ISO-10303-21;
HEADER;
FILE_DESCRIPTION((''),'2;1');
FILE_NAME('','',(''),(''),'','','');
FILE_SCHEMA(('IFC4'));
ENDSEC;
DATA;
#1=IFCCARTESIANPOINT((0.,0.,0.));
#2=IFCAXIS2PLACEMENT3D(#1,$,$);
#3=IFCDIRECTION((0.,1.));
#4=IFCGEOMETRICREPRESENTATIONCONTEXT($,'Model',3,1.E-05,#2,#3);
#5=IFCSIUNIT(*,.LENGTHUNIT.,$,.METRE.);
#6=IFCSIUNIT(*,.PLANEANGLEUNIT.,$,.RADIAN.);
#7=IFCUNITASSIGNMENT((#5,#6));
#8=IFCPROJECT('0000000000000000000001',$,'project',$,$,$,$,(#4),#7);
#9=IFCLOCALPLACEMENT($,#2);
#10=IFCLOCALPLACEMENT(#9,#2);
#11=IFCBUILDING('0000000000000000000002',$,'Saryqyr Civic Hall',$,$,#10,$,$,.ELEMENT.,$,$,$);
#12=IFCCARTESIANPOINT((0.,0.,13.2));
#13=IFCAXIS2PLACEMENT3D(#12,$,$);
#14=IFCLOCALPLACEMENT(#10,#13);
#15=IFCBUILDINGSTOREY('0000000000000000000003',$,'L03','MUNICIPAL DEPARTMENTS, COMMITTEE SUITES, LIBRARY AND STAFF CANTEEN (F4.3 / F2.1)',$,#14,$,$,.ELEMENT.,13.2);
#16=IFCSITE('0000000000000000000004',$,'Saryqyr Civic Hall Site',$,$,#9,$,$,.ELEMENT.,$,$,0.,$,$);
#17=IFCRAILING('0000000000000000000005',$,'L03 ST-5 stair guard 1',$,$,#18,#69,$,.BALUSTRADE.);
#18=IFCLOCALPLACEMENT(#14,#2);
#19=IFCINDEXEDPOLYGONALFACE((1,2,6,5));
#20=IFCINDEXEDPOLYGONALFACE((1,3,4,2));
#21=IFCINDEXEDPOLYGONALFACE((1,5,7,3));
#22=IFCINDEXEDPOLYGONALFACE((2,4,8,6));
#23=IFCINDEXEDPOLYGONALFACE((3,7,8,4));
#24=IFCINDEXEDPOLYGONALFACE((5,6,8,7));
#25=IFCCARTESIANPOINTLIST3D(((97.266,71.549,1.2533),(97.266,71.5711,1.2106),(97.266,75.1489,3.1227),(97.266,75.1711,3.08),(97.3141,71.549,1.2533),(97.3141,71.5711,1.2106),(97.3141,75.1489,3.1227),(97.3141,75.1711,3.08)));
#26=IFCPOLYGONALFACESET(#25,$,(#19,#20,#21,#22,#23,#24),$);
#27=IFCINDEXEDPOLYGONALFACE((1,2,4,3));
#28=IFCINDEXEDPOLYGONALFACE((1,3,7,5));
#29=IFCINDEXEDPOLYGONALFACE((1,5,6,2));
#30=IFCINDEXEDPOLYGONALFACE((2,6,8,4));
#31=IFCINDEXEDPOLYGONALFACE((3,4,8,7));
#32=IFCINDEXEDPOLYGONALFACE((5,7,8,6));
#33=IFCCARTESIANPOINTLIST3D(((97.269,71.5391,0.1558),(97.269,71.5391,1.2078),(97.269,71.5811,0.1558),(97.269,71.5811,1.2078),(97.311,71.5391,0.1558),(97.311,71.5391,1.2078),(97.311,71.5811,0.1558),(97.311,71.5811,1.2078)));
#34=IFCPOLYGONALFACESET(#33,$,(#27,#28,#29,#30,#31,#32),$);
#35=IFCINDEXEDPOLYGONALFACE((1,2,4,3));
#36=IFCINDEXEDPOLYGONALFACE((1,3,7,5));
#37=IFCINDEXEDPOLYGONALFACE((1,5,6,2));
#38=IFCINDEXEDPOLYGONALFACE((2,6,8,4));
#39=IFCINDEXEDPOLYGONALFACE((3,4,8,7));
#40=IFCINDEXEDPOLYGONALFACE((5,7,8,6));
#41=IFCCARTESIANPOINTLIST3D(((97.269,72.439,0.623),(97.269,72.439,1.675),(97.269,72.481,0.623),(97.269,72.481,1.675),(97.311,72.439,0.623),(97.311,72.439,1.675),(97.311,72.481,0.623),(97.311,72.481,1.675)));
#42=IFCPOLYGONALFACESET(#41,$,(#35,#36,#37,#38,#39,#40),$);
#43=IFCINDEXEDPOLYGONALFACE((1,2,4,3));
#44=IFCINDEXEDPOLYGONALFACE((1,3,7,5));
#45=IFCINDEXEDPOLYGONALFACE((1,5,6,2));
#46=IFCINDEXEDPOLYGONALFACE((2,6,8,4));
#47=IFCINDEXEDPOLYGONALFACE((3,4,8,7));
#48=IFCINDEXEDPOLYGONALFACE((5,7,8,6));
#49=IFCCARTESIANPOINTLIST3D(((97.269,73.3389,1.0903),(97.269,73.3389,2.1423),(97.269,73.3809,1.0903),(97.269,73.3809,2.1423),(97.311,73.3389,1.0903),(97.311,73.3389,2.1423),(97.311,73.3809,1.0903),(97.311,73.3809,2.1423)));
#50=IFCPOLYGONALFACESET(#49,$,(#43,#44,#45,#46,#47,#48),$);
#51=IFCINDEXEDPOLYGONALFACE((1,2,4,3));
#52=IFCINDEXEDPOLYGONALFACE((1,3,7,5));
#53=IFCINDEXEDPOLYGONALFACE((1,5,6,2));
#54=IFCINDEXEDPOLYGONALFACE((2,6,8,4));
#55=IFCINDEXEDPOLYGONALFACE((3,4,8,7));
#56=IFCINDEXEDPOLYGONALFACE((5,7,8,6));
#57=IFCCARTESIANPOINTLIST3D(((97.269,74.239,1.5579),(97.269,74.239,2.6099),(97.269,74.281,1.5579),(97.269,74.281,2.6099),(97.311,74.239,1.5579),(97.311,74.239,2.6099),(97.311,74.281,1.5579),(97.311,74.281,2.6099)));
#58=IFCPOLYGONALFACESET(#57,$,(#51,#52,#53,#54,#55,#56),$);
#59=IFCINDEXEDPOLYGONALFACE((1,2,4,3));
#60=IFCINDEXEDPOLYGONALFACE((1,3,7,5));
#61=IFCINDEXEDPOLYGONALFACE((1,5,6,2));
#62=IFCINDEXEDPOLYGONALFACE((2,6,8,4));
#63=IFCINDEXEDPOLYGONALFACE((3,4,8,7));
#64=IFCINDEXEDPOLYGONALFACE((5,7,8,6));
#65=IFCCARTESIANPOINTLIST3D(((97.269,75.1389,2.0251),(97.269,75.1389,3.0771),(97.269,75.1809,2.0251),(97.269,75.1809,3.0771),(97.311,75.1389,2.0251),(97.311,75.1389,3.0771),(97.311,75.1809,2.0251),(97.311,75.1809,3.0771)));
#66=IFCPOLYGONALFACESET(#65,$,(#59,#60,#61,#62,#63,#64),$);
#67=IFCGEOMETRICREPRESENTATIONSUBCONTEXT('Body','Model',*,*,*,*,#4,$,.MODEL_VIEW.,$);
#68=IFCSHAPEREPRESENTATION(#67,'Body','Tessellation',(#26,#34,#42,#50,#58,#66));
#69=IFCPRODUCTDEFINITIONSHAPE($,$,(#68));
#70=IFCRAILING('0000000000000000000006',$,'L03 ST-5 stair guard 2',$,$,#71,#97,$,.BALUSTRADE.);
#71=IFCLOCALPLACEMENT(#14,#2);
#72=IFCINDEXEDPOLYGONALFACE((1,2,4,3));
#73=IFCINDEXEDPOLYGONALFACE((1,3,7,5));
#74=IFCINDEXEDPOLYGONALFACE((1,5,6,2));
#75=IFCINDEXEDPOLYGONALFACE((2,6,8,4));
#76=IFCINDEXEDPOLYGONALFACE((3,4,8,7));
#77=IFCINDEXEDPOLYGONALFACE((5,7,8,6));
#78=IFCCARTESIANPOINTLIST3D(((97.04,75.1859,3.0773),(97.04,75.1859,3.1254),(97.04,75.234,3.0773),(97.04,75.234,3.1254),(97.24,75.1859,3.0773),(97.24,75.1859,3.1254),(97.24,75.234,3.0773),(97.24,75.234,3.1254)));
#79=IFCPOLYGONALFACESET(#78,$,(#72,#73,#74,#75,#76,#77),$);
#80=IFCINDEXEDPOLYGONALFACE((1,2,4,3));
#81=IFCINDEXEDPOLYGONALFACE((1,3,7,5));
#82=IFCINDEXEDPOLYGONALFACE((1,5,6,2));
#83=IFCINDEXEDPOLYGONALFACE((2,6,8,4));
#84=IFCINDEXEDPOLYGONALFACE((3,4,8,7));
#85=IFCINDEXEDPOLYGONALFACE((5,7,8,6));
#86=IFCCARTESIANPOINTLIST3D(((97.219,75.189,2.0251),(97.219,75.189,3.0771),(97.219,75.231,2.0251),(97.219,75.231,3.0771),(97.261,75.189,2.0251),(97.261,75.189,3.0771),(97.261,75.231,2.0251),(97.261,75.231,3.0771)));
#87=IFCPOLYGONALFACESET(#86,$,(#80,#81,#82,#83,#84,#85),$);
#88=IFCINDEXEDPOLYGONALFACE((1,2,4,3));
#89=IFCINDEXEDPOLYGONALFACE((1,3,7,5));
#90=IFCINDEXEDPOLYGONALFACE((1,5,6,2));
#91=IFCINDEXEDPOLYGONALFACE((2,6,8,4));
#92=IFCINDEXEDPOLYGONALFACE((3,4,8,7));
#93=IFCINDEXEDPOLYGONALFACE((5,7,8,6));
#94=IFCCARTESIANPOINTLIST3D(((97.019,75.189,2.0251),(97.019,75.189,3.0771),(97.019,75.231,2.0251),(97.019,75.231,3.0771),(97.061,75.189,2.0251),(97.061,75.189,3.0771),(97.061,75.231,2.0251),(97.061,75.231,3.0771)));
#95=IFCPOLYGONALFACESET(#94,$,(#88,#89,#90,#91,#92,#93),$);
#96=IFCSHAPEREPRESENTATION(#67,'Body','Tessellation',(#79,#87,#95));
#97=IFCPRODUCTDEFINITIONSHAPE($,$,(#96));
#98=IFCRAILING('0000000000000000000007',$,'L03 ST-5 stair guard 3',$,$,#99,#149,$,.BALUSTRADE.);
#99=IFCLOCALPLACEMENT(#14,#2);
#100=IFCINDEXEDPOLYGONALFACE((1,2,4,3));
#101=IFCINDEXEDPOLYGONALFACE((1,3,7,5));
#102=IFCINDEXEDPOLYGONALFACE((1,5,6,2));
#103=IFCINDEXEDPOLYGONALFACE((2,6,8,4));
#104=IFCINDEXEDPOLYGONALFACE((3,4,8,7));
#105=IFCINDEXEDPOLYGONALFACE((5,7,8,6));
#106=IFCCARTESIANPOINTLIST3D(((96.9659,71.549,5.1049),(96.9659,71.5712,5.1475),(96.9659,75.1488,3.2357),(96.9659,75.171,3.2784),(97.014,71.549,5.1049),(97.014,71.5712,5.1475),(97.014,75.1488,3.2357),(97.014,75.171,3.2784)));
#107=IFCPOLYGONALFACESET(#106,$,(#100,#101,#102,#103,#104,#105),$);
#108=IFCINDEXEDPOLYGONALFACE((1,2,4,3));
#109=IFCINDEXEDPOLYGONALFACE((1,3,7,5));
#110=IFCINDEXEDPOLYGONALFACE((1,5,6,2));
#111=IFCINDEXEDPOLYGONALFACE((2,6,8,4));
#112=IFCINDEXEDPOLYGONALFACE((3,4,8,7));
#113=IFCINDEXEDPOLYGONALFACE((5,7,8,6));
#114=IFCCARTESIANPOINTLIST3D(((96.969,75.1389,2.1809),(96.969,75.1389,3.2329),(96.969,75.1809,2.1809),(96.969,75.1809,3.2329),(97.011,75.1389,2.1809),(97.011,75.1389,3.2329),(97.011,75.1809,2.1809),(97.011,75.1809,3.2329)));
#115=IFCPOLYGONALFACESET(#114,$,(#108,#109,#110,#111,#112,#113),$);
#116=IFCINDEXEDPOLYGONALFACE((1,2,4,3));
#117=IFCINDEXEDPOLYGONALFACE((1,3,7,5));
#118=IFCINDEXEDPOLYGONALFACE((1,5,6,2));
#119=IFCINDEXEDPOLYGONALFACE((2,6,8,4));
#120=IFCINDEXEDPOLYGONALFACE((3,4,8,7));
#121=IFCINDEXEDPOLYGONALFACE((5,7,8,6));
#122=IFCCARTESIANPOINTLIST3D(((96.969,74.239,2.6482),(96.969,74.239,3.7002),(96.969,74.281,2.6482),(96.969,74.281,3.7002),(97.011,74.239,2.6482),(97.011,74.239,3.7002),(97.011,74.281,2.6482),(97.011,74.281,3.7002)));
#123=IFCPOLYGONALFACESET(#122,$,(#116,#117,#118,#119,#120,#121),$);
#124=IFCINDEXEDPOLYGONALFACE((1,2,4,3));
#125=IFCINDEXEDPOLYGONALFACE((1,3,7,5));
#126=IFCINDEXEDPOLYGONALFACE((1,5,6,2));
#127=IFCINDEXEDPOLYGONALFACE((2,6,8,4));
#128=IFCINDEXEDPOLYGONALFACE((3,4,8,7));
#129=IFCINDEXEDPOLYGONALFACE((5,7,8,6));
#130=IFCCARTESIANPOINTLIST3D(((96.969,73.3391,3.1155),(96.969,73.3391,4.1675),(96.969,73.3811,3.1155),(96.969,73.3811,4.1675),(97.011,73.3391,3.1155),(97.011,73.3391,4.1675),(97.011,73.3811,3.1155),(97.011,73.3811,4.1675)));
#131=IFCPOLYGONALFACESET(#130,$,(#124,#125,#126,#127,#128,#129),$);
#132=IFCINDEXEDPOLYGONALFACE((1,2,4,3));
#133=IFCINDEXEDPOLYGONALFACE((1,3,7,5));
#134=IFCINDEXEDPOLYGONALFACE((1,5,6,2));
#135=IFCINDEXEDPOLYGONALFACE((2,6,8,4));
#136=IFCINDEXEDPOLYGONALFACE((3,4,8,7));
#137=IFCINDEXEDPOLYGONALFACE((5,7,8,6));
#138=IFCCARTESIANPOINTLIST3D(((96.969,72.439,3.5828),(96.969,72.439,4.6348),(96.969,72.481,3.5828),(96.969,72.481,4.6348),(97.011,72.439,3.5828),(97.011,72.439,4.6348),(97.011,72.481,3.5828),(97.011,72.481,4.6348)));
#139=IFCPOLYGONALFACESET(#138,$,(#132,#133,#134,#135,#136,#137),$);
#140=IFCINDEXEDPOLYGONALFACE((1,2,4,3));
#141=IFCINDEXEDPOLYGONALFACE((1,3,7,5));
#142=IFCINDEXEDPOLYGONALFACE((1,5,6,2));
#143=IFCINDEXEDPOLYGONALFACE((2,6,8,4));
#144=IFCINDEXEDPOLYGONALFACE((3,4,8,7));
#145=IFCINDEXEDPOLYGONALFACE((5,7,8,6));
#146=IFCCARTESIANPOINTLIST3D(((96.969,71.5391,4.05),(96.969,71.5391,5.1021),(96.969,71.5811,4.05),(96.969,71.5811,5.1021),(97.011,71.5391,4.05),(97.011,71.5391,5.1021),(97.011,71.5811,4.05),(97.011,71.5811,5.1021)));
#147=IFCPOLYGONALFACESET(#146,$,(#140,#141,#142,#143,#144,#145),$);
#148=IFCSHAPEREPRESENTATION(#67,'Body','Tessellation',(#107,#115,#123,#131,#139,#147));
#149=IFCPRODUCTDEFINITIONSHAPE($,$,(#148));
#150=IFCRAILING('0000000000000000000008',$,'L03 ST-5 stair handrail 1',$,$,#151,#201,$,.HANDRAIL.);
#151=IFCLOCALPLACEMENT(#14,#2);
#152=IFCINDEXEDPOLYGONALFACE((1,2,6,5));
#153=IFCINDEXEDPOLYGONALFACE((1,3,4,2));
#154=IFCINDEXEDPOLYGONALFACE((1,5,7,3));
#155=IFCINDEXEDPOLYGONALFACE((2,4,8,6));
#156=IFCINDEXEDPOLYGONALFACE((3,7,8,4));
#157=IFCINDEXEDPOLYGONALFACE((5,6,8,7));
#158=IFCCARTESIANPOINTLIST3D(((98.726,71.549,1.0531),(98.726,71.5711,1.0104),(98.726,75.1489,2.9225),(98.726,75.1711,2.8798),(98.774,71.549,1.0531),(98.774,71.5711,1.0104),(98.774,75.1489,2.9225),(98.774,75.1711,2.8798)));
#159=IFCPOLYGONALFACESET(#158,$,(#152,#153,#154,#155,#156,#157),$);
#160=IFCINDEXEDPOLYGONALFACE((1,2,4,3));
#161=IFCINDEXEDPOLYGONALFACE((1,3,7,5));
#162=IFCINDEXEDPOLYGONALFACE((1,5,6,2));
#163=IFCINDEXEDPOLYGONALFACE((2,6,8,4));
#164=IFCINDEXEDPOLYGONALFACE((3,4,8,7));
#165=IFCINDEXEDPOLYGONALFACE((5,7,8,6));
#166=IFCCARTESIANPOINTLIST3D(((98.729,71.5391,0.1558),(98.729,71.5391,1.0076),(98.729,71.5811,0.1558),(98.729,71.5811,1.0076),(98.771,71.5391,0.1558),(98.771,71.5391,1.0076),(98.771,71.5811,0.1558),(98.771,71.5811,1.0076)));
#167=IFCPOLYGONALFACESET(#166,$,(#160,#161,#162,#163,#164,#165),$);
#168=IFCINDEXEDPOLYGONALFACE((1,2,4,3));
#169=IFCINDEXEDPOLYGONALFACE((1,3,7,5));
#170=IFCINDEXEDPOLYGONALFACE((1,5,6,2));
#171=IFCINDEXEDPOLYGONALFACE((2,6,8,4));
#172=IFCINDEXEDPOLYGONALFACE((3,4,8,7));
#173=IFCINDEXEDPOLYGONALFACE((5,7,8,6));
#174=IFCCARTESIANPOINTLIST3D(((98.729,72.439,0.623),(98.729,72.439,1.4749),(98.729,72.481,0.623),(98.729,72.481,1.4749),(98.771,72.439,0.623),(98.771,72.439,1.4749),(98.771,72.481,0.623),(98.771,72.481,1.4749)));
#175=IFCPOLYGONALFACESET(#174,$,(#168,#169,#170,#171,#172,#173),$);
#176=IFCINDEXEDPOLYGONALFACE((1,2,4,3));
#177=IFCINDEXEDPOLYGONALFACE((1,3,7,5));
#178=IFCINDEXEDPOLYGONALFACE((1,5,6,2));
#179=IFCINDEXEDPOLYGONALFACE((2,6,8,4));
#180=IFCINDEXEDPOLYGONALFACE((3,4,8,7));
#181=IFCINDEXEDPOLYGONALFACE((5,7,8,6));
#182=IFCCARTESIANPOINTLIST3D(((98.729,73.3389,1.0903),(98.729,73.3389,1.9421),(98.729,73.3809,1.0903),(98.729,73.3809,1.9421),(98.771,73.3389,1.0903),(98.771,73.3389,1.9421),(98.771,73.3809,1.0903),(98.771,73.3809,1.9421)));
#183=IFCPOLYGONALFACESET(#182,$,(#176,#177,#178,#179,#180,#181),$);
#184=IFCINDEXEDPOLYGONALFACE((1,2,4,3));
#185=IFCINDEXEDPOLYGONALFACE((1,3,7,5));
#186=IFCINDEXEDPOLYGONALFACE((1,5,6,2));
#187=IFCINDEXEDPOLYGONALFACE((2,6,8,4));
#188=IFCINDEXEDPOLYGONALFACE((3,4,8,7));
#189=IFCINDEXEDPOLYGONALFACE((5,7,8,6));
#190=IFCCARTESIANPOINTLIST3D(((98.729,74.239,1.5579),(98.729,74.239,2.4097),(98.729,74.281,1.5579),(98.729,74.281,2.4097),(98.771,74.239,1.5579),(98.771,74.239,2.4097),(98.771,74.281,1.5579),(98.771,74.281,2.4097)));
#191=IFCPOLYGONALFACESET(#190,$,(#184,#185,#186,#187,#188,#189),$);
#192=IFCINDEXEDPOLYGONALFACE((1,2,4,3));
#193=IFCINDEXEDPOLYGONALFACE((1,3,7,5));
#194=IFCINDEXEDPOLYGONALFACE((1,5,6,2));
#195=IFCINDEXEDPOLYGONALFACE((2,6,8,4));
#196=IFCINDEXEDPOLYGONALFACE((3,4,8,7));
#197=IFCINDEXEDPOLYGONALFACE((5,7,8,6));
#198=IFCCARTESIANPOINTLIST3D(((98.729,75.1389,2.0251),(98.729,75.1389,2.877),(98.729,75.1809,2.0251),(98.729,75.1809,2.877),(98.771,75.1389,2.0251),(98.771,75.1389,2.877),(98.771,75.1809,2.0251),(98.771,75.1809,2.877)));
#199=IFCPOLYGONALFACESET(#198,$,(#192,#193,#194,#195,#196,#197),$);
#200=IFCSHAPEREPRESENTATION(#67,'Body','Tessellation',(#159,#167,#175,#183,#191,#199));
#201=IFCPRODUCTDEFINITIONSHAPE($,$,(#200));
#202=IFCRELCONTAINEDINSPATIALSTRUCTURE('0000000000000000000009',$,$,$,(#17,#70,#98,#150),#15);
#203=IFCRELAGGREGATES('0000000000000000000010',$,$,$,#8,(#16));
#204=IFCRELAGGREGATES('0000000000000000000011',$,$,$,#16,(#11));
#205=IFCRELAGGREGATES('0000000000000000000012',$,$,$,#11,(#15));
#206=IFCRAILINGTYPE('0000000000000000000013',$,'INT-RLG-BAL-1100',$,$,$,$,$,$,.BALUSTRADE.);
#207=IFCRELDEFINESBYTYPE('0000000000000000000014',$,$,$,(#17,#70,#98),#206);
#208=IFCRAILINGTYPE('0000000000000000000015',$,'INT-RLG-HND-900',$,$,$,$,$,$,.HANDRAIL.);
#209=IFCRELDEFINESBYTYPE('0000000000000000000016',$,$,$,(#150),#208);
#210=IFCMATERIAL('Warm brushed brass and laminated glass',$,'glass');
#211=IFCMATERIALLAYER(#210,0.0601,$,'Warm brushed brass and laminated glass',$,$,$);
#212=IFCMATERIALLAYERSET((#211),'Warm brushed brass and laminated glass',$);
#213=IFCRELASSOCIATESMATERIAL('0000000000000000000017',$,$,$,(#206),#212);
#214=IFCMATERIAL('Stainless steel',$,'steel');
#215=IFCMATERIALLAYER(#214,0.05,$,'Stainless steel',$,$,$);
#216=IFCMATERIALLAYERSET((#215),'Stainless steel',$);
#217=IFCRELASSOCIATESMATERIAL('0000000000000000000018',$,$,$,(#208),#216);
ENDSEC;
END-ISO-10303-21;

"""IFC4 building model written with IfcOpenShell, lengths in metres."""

from ifc_helpers import new_model, si_unit, direction, frame, origin, origin_2d, place, context, subcontext, project, spatial, rectangle, extrude, material, layer, layer_set, type_object, element, save


model = new_model("IFC4")

# Units and contexts
model_context = context("Model", 3, precision=1e-05, world=origin(), true_north=direction((0.0, 1.0)))
body_context = subcontext(model_context, "Body", "Model", "MODEL_VIEW")
ifc_project = project(units=[si_unit("LENGTHUNIT", "METRE"), si_unit("PLANEANGLEUNIT", "RADIAN")], contexts=[model_context])

# Site, building, storey
site_placement = place(None, origin())
site = spatial("IfcSite", under=ifc_project, at=site_placement, Name="Saryqyr Civic Hall Site", CompositionType="ELEMENT", RefElevation=0.0)
building_placement = place(site_placement, origin())
building = spatial("IfcBuilding", under=site, at=building_placement, Name="Saryqyr Civic Hall", CompositionType="ELEMENT")
storey_placement = place(building_placement, frame((0.0, 0.0, 13.2)))
storey = spatial("IfcBuildingStorey", under=building, at=storey_placement, Name="L03", Description="MUNICIPAL DEPARTMENTS, COMMITTEE SUITES, LIBRARY AND STAFF CANTEEN (F4.3 / F2.1)", CompositionType="ELEMENT", Elevation=13.2)

# Railings
ifc_material_1 = material(Name="Warm brushed brass and laminated glass", Category="glass")
ifc_layer_1 = layer(ifc_material_1, 0.0601, Name="Warm brushed brass and laminated glass")
ifc_layer_set_1 = layer_set([ifc_layer_1], Name="Warm brushed brass and laminated glass")
railing_type_1 = type_object("IfcRailingType", Name="INT-RLG-BAL-1100", PredefinedType="BALUSTRADE", material=ifc_layer_set_1)
railing_1_placement = place(storey_placement, frame((97.29, 71.5601, 0.1558)))
element("IfcRailing", 1, at=railing_1_placement, inside=storey, type_object=railing_type_1, Name="L03 ST-5 stair guard 1", PredefinedType="BALUSTRADE", context=body_context, shape_type="SweptSolid", body=[
    extrude(rectangle(XDim=0.0481, YDim=0.0481, at=origin_2d()), frame((0.0, 0.0, 1.0762), z_axis=(0.0, 0.887473, 0.46086), x_axis=(-1.0, 0.0, 0.0)), (0.0, 0.0, 1.0), 4.0564),
    extrude(rectangle(XDim=0.042, YDim=0.042, at=origin_2d()), origin(), (0.0, 0.0, 1.0), 1.052),
    extrude(rectangle(XDim=0.042, YDim=0.042, at=origin_2d()), frame((0.0, 0.8999, 0.4673)), (0.0, 0.0, 1.0), 1.052),
    extrude(rectangle(XDim=0.042, YDim=0.042, at=origin_2d()), frame((0.0, 1.7998, 0.9346)), (0.0, 0.0, 1.0), 1.052),
    extrude(rectangle(XDim=0.042, YDim=0.042, at=origin_2d()), frame((0.0, 2.7, 1.4021)), (0.0, 0.0, 1.0), 1.052),
    extrude(rectangle(XDim=0.042, YDim=0.042, at=origin_2d()), frame((0.0, 3.5999, 1.8694)), (0.0, 0.0, 1.0), 1.052),
])
railing_2_placement = place(storey_placement, frame((97.24, 75.21, 2.0251)))
element("IfcRailing", 2, at=railing_2_placement, inside=storey, type_object=railing_type_1, Name="L03 ST-5 stair guard 2", PredefinedType="BALUSTRADE", context=body_context, shape_type="SweptSolid", body=[
    extrude(rectangle(XDim=0.0481, YDim=0.0481, at=origin_2d()), frame((0.0, 0.0, 1.0762), z_axis=(-1.0, 0.0, 0.0), x_axis=(0.0, -1.0, 0.0)), (0.0, 0.0, 1.0), 0.2),
    extrude(rectangle(XDim=0.042, YDim=0.042, at=origin_2d()), origin(), (0.0, 0.0, 1.0), 1.052),
    extrude(rectangle(XDim=0.042, YDim=0.042, at=origin_2d()), frame((-0.2, 0.0, 0.0)), (0.0, 0.0, 1.0), 1.052),
])
railing_3_placement = place(storey_placement, frame((96.99, 75.1599, 2.1809)))
element("IfcRailing", 3, at=railing_3_placement, inside=storey, type_object=railing_type_1, Name="L03 ST-5 stair guard 3", PredefinedType="BALUSTRADE", context=body_context, shape_type="SweptSolid", body=[
    extrude(rectangle(XDim=0.0481, YDim=0.0481, at=origin_2d()), frame((0.0, 0.0, 1.0762), z_axis=(0.0, -0.887497, 0.460813), x_axis=(1.0, 0.0, 0.0)), (0.0, 0.0, 1.0), 4.0562),
    extrude(rectangle(XDim=0.042, YDim=0.042, at=origin_2d()), origin(), (0.0, 0.0, 1.0), 1.052),
    extrude(rectangle(XDim=0.042, YDim=0.042, at=origin_2d()), frame((0.0, -0.8999, 0.4673)), (0.0, 0.0, 1.0), 1.052),
    extrude(rectangle(XDim=0.042, YDim=0.042, at=origin_2d()), frame((0.0, -1.7998, 0.9346)), (0.0, 0.0, 1.0), 1.052),
    extrude(rectangle(XDim=0.042, YDim=0.042, at=origin_2d()), frame((0.0, -2.7, 1.4019)), (0.0, 0.0, 1.0), 1.052),
    extrude(rectangle(XDim=0.042, YDim=0.042, at=origin_2d()), frame((0.0, -3.5999, 1.8691)), (0.0, 0.0, 1.0), 1.052),
])
ifc_material_2 = material(Name="Stainless steel", Category="steel")
ifc_layer_2 = layer(ifc_material_2, 0.05, Name="Stainless steel")
ifc_layer_set_2 = layer_set([ifc_layer_2], Name="Stainless steel")
railing_type_2 = type_object("IfcRailingType", Name="INT-RLG-HND-900", PredefinedType="HANDRAIL", material=ifc_layer_set_2)
railing_4_placement = place(storey_placement, frame((98.75, 71.5601, 0.1558)))
element("IfcRailing", 4, at=railing_4_placement, inside=storey, type_object=railing_type_2, Name="L03 ST-5 stair handrail 1", PredefinedType="HANDRAIL", context=body_context, shape_type="SweptSolid", body=[
    extrude(rectangle(XDim=0.0481, YDim=0.0481, at=origin_2d()), frame((0.0, 0.0, 0.876), z_axis=(0.0, 0.887473, 0.46086), x_axis=(-1.0, 0.0, 0.0)), (0.0, 0.0, 1.0), 4.0564),
    extrude(rectangle(XDim=0.042, YDim=0.042, at=origin_2d()), origin(), (0.0, 0.0, 1.0), 0.8518),
    extrude(rectangle(XDim=0.042, YDim=0.042, at=origin_2d()), frame((0.0, 0.8999, 0.4673)), (0.0, 0.0, 1.0), 0.8518),
    extrude(rectangle(XDim=0.042, YDim=0.042, at=origin_2d()), frame((0.0, 1.7998, 0.9346)), (0.0, 0.0, 1.0), 0.8518),
    extrude(rectangle(XDim=0.042, YDim=0.042, at=origin_2d()), frame((0.0, 2.7, 1.4021)), (0.0, 0.0, 1.0), 0.8518),
    extrude(rectangle(XDim=0.042, YDim=0.042, at=origin_2d()), frame((0.0, 3.5999, 1.8694)), (0.0, 0.0, 1.0), 0.8518),
])

save(model, "model.ifc")
